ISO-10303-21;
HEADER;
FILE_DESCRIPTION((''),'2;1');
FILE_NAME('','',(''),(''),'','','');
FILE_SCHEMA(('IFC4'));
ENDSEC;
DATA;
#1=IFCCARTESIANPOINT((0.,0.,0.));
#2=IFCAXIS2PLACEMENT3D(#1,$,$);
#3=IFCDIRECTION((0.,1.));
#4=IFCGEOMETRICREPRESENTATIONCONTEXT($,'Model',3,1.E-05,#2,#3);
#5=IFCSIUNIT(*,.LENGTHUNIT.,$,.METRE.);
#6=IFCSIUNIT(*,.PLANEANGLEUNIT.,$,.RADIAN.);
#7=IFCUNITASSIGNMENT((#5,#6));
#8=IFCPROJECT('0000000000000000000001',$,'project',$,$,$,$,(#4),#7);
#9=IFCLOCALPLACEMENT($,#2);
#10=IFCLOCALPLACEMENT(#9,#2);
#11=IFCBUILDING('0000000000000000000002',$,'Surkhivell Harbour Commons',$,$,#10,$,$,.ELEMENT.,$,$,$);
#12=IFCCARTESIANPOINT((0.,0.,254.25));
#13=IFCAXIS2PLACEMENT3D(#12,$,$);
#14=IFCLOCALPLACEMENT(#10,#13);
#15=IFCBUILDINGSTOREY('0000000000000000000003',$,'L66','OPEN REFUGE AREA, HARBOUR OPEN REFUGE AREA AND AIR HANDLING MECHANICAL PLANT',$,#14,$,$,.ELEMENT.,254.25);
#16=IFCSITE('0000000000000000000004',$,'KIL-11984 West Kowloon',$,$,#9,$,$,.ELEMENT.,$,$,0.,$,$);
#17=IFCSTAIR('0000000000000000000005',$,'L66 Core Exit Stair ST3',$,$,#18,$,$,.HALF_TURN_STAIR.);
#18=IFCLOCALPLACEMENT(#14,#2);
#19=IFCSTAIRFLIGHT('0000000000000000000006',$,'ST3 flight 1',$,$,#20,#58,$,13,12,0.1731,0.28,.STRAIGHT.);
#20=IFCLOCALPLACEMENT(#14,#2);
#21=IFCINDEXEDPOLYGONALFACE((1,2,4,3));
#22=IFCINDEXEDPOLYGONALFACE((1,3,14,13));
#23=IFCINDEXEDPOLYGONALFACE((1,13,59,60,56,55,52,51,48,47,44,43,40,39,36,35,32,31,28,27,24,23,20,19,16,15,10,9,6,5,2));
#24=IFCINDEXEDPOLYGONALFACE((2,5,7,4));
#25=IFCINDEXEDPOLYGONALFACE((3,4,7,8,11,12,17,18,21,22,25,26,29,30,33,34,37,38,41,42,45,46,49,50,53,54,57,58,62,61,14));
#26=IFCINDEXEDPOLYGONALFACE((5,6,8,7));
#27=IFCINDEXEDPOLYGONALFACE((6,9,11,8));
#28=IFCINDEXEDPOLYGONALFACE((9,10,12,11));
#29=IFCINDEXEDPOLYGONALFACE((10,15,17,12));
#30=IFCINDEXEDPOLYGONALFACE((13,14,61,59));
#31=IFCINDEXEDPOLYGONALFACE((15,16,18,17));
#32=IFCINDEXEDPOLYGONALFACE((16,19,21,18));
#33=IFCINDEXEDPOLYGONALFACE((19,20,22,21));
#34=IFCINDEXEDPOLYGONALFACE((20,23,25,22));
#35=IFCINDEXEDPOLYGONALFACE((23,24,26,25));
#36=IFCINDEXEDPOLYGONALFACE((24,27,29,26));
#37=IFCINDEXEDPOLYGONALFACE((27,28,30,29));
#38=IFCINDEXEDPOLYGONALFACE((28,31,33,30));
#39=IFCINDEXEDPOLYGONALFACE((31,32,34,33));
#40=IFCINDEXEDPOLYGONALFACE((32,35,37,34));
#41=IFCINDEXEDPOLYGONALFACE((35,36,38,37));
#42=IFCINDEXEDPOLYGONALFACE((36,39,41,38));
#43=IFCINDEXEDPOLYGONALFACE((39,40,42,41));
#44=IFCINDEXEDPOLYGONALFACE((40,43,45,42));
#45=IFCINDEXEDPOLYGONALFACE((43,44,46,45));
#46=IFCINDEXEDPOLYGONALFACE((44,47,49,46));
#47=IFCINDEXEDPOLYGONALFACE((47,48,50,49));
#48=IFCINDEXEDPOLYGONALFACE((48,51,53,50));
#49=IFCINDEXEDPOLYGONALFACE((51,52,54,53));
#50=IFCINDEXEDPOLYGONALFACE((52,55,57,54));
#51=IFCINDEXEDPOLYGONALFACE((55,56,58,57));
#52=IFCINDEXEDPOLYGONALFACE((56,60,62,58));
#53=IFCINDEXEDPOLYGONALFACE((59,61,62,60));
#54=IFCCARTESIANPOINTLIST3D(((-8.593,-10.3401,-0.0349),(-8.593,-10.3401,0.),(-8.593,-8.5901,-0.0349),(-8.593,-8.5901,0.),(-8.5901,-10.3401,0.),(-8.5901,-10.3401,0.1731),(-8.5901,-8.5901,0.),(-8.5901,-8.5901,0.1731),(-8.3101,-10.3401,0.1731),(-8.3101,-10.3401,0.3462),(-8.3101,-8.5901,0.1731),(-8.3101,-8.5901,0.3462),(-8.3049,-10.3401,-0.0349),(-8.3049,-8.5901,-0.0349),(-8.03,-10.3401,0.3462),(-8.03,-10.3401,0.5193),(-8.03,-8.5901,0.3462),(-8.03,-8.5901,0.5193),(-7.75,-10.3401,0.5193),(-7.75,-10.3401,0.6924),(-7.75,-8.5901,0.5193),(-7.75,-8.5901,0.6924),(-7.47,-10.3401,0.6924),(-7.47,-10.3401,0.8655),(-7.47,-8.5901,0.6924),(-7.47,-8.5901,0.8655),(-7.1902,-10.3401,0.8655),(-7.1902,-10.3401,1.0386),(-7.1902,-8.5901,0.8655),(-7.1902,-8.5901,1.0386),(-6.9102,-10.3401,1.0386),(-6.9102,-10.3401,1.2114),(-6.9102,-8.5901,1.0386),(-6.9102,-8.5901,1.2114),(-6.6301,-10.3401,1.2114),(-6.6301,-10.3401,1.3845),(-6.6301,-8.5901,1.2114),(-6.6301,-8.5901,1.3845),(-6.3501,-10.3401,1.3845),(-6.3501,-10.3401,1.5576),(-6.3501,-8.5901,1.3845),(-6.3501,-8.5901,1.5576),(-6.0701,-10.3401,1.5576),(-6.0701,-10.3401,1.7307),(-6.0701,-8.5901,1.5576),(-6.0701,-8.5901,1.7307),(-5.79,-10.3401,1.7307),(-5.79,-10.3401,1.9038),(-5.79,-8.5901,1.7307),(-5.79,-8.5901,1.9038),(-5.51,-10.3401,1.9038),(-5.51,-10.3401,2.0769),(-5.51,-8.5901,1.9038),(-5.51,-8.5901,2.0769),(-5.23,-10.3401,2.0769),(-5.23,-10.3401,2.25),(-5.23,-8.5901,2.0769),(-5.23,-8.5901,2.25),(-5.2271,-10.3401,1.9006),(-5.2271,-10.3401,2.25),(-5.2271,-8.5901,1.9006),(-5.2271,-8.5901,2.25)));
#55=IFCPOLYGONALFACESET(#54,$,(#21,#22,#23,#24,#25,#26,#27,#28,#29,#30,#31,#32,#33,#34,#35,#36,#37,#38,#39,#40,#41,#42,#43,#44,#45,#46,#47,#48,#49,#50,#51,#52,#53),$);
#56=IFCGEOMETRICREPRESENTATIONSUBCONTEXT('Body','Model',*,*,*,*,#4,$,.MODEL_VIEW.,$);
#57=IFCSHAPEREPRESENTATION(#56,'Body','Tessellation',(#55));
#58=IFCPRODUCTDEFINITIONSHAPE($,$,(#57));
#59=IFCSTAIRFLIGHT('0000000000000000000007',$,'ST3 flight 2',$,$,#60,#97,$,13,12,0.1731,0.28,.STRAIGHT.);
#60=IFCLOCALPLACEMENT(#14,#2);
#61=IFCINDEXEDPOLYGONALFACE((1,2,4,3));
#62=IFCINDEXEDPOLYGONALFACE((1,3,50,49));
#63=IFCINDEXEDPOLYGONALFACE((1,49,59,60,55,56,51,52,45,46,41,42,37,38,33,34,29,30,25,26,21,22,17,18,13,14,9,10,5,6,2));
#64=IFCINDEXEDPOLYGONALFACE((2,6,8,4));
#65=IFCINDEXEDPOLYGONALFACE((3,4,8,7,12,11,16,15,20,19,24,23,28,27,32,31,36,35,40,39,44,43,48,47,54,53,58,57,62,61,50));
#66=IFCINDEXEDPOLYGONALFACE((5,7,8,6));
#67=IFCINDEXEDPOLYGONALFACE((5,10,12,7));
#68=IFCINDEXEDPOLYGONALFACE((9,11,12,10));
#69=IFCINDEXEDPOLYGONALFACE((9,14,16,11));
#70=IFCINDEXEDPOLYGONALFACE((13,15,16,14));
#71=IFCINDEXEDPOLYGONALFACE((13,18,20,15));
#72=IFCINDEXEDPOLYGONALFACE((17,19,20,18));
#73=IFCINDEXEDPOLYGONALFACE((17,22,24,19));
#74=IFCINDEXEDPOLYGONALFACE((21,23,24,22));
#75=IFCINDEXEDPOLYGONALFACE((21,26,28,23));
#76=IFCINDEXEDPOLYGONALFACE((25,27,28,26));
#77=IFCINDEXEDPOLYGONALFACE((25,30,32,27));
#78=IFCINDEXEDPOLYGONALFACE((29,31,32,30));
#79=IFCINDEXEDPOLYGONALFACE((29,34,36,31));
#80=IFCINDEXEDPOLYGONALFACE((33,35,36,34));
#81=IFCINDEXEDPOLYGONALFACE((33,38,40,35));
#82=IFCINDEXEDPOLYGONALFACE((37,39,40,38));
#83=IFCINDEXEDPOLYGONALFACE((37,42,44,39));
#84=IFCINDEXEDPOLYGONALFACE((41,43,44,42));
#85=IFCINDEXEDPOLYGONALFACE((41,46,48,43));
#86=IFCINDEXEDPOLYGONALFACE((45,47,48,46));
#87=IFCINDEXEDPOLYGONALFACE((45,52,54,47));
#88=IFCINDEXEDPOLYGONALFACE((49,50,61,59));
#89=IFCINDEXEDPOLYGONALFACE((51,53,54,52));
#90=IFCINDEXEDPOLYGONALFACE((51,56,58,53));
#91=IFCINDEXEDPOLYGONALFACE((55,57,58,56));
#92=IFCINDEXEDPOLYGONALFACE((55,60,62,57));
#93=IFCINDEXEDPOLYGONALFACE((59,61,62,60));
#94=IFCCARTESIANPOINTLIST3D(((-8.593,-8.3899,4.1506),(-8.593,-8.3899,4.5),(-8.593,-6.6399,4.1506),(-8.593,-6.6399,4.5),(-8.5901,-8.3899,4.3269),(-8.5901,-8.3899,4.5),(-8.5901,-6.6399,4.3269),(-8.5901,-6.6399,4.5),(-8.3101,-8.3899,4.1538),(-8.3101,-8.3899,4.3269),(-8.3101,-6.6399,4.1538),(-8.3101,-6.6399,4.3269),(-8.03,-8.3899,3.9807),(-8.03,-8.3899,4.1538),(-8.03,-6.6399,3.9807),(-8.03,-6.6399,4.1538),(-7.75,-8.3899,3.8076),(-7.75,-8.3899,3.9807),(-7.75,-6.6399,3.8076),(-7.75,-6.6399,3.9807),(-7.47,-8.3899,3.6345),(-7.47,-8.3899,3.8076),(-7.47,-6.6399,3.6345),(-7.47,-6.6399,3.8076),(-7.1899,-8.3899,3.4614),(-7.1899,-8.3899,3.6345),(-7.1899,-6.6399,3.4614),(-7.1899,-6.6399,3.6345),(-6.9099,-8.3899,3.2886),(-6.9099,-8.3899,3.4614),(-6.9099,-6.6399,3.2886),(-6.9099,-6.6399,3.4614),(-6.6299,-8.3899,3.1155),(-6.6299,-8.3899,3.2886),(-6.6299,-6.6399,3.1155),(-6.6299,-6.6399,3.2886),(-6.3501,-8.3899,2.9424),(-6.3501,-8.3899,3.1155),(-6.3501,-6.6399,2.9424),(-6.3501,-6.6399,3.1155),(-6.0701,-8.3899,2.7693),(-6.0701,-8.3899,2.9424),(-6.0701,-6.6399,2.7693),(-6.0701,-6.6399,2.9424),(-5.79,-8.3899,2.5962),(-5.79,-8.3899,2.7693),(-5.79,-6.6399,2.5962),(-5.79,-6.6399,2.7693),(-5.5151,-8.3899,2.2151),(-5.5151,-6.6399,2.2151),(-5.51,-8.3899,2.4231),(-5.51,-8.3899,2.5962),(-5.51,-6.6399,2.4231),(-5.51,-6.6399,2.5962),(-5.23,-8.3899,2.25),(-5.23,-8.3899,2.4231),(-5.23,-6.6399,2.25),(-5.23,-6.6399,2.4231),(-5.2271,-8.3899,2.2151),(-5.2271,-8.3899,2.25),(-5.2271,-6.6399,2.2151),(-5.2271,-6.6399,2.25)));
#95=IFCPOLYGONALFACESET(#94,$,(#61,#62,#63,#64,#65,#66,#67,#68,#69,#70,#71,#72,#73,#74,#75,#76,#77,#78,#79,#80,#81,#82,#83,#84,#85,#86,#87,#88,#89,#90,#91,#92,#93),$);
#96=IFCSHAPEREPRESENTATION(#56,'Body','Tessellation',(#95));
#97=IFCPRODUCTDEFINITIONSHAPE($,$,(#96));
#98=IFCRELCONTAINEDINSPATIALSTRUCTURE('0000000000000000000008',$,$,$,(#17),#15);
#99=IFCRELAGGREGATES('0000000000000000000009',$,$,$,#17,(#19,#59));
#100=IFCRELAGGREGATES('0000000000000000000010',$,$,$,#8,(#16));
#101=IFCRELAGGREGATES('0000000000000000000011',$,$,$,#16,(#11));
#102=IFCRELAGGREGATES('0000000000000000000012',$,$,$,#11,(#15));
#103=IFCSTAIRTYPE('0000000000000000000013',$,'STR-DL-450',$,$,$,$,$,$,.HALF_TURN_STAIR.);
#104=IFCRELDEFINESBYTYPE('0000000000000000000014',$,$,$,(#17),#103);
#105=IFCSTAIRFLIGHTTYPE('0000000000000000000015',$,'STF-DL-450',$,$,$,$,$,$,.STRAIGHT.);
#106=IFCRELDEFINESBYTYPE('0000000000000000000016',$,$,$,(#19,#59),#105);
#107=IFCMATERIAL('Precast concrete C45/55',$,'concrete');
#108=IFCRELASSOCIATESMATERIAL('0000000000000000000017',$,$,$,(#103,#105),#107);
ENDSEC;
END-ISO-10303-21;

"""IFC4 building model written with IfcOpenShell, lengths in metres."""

from ifc_helpers import new_model, si_unit, direction, frame, origin, place, context, subcontext, project, spatial, polyline, outline, extrude, material, type_object, element, aggregate, save


model = new_model("IFC4")

# Units and contexts
model_context = context("Model", 3, precision=1e-05, world=origin(), true_north=direction((0.0, 1.0)))
body_context = subcontext(model_context, "Body", "Model", "MODEL_VIEW")
ifc_project = project(units=[si_unit("LENGTHUNIT", "METRE"), si_unit("PLANEANGLEUNIT", "RADIAN")], contexts=[model_context])

# Site, building, storey
site_placement = place(None, origin())
site = spatial("IfcSite", under=ifc_project, at=site_placement, Name="KIL-11984 West Kowloon", CompositionType="ELEMENT", RefElevation=0.0)
building_placement = place(site_placement, origin())
building = spatial("IfcBuilding", under=site, at=building_placement, Name="Surkhivell Harbour Commons", CompositionType="ELEMENT")
storey_placement = place(building_placement, frame((0.0, 0.0, 254.25)))
storey = spatial("IfcBuildingStorey", under=building, at=storey_placement, Name="L66", Description="OPEN REFUGE AREA, HARBOUR OPEN REFUGE AREA AND AIR HANDLING MECHANICAL PLANT", CompositionType="ELEMENT", Elevation=254.25)

# Stair, stair flights
ifc_material_1 = material(Name="Precast concrete C45/55", Category="concrete")
stair_type = type_object("IfcStairType", Name="STR-DL-450", PredefinedType="HALF_TURN_STAIR", material=ifc_material_1)
stair_placement = place(storey_placement, origin())
stair = element("IfcStair", 1, at=stair_placement, inside=storey, type_object=stair_type, Name="L66 Core Exit Stair ST3", PredefinedType="HALF_TURN_STAIR")
stair_flight_type = type_object("IfcStairFlightType", Name="STF-DL-450", PredefinedType="STRAIGHT", material=ifc_material_1)
stair_flight_1_placement = place(storey_placement, frame((-8.5901, -9.4651, 0.0), z_axis=(0.0, 0.0, 1.0), x_axis=(1.0, 0.0, 0.0)))
stair_flight_1 = element("IfcStairFlight", 2, at=stair_flight_1_placement, type_object=stair_flight_type, Name="ST3 flight 1", NumberOfRisers=13, NumberOfTreads=12, PredefinedType="STRAIGHT", RiserHeight=0.1731, TreadLength=0.28, context=body_context, shape_type="SweptSolid", body=[
    extrude(outline(polyline([(-0.0029, -0.0349), (-0.0029, 0.0), (0.0, 0.0), (0.0, 0.1731), (0.28, 0.1731), (0.28, 0.3462), (0.5601, 0.3462), (0.5601, 0.5193), (0.8401, 0.5193), (0.8401, 0.6924), (1.1201, 0.6924), (1.1201, 0.8655), (1.3999, 0.8655), (1.3999, 1.0386), (1.6799, 1.0386), (1.6799, 1.2114), (1.96, 1.2114), (1.96, 1.3845), (2.24, 1.3845), (2.24, 1.5576), (2.52, 1.5576), (2.52, 1.7307), (2.8, 1.7307), (2.8, 1.9038), (3.0801, 1.9038), (3.0801, 2.0769), (3.3601, 2.0769), (3.3601, 2.25), (3.363, 2.25), (3.363, 1.9006), (0.2852, -0.0349), (-0.0029, -0.0349)])), frame((0.0, 0.875, 0.0), z_axis=(0.0, -1.0, 0.0), x_axis=(1.0, 0.0, 0.0)), (0.0, 0.0, 1.0), 1.75),
])
stair_flight_2_placement = place(storey_placement, frame((-5.23, -7.5149, 2.25), z_axis=(0.0, 0.0, 1.0), x_axis=(-1.0, 0.0, 0.0)))
stair_flight_2 = element("IfcStairFlight", 3, at=stair_flight_2_placement, type_object=stair_flight_type, Name="ST3 flight 2", NumberOfRisers=13, NumberOfTreads=12, PredefinedType="STRAIGHT", RiserHeight=0.1731, TreadLength=0.28, context=body_context, shape_type="SweptSolid", body=[
    extrude(outline(polyline([(-0.0029, -0.0349), (-0.0029, 0.0), (0.0, 0.0), (0.0, 0.1731), (0.28, 0.1731), (0.28, 0.3462), (0.5601, 0.3462), (0.5601, 0.5193), (0.8401, 0.5193), (0.8401, 0.6924), (1.1201, 0.6924), (1.1201, 0.8655), (1.3999, 0.8655), (1.3999, 1.0386), (1.6799, 1.0386), (1.6799, 1.2114), (1.96, 1.2114), (1.96, 1.3845), (2.24, 1.3845), (2.24, 1.5576), (2.52, 1.5576), (2.52, 1.7307), (2.8, 1.7307), (2.8, 1.9038), (3.0801, 1.9038), (3.0801, 2.0769), (3.3601, 2.0769), (3.3601, 2.25), (3.363, 2.25), (3.363, 1.9006), (0.2852, -0.0349), (-0.0029, -0.0349)])), frame((0.0, 0.875, 0.0), z_axis=(0.0, -1.0, 0.0), x_axis=(1.0, 0.0, 0.0)), (0.0, 0.0, 1.0), 1.75),
])
aggregate(stair, [stair_flight_1, stair_flight_2])

save(model, "model.ifc")
